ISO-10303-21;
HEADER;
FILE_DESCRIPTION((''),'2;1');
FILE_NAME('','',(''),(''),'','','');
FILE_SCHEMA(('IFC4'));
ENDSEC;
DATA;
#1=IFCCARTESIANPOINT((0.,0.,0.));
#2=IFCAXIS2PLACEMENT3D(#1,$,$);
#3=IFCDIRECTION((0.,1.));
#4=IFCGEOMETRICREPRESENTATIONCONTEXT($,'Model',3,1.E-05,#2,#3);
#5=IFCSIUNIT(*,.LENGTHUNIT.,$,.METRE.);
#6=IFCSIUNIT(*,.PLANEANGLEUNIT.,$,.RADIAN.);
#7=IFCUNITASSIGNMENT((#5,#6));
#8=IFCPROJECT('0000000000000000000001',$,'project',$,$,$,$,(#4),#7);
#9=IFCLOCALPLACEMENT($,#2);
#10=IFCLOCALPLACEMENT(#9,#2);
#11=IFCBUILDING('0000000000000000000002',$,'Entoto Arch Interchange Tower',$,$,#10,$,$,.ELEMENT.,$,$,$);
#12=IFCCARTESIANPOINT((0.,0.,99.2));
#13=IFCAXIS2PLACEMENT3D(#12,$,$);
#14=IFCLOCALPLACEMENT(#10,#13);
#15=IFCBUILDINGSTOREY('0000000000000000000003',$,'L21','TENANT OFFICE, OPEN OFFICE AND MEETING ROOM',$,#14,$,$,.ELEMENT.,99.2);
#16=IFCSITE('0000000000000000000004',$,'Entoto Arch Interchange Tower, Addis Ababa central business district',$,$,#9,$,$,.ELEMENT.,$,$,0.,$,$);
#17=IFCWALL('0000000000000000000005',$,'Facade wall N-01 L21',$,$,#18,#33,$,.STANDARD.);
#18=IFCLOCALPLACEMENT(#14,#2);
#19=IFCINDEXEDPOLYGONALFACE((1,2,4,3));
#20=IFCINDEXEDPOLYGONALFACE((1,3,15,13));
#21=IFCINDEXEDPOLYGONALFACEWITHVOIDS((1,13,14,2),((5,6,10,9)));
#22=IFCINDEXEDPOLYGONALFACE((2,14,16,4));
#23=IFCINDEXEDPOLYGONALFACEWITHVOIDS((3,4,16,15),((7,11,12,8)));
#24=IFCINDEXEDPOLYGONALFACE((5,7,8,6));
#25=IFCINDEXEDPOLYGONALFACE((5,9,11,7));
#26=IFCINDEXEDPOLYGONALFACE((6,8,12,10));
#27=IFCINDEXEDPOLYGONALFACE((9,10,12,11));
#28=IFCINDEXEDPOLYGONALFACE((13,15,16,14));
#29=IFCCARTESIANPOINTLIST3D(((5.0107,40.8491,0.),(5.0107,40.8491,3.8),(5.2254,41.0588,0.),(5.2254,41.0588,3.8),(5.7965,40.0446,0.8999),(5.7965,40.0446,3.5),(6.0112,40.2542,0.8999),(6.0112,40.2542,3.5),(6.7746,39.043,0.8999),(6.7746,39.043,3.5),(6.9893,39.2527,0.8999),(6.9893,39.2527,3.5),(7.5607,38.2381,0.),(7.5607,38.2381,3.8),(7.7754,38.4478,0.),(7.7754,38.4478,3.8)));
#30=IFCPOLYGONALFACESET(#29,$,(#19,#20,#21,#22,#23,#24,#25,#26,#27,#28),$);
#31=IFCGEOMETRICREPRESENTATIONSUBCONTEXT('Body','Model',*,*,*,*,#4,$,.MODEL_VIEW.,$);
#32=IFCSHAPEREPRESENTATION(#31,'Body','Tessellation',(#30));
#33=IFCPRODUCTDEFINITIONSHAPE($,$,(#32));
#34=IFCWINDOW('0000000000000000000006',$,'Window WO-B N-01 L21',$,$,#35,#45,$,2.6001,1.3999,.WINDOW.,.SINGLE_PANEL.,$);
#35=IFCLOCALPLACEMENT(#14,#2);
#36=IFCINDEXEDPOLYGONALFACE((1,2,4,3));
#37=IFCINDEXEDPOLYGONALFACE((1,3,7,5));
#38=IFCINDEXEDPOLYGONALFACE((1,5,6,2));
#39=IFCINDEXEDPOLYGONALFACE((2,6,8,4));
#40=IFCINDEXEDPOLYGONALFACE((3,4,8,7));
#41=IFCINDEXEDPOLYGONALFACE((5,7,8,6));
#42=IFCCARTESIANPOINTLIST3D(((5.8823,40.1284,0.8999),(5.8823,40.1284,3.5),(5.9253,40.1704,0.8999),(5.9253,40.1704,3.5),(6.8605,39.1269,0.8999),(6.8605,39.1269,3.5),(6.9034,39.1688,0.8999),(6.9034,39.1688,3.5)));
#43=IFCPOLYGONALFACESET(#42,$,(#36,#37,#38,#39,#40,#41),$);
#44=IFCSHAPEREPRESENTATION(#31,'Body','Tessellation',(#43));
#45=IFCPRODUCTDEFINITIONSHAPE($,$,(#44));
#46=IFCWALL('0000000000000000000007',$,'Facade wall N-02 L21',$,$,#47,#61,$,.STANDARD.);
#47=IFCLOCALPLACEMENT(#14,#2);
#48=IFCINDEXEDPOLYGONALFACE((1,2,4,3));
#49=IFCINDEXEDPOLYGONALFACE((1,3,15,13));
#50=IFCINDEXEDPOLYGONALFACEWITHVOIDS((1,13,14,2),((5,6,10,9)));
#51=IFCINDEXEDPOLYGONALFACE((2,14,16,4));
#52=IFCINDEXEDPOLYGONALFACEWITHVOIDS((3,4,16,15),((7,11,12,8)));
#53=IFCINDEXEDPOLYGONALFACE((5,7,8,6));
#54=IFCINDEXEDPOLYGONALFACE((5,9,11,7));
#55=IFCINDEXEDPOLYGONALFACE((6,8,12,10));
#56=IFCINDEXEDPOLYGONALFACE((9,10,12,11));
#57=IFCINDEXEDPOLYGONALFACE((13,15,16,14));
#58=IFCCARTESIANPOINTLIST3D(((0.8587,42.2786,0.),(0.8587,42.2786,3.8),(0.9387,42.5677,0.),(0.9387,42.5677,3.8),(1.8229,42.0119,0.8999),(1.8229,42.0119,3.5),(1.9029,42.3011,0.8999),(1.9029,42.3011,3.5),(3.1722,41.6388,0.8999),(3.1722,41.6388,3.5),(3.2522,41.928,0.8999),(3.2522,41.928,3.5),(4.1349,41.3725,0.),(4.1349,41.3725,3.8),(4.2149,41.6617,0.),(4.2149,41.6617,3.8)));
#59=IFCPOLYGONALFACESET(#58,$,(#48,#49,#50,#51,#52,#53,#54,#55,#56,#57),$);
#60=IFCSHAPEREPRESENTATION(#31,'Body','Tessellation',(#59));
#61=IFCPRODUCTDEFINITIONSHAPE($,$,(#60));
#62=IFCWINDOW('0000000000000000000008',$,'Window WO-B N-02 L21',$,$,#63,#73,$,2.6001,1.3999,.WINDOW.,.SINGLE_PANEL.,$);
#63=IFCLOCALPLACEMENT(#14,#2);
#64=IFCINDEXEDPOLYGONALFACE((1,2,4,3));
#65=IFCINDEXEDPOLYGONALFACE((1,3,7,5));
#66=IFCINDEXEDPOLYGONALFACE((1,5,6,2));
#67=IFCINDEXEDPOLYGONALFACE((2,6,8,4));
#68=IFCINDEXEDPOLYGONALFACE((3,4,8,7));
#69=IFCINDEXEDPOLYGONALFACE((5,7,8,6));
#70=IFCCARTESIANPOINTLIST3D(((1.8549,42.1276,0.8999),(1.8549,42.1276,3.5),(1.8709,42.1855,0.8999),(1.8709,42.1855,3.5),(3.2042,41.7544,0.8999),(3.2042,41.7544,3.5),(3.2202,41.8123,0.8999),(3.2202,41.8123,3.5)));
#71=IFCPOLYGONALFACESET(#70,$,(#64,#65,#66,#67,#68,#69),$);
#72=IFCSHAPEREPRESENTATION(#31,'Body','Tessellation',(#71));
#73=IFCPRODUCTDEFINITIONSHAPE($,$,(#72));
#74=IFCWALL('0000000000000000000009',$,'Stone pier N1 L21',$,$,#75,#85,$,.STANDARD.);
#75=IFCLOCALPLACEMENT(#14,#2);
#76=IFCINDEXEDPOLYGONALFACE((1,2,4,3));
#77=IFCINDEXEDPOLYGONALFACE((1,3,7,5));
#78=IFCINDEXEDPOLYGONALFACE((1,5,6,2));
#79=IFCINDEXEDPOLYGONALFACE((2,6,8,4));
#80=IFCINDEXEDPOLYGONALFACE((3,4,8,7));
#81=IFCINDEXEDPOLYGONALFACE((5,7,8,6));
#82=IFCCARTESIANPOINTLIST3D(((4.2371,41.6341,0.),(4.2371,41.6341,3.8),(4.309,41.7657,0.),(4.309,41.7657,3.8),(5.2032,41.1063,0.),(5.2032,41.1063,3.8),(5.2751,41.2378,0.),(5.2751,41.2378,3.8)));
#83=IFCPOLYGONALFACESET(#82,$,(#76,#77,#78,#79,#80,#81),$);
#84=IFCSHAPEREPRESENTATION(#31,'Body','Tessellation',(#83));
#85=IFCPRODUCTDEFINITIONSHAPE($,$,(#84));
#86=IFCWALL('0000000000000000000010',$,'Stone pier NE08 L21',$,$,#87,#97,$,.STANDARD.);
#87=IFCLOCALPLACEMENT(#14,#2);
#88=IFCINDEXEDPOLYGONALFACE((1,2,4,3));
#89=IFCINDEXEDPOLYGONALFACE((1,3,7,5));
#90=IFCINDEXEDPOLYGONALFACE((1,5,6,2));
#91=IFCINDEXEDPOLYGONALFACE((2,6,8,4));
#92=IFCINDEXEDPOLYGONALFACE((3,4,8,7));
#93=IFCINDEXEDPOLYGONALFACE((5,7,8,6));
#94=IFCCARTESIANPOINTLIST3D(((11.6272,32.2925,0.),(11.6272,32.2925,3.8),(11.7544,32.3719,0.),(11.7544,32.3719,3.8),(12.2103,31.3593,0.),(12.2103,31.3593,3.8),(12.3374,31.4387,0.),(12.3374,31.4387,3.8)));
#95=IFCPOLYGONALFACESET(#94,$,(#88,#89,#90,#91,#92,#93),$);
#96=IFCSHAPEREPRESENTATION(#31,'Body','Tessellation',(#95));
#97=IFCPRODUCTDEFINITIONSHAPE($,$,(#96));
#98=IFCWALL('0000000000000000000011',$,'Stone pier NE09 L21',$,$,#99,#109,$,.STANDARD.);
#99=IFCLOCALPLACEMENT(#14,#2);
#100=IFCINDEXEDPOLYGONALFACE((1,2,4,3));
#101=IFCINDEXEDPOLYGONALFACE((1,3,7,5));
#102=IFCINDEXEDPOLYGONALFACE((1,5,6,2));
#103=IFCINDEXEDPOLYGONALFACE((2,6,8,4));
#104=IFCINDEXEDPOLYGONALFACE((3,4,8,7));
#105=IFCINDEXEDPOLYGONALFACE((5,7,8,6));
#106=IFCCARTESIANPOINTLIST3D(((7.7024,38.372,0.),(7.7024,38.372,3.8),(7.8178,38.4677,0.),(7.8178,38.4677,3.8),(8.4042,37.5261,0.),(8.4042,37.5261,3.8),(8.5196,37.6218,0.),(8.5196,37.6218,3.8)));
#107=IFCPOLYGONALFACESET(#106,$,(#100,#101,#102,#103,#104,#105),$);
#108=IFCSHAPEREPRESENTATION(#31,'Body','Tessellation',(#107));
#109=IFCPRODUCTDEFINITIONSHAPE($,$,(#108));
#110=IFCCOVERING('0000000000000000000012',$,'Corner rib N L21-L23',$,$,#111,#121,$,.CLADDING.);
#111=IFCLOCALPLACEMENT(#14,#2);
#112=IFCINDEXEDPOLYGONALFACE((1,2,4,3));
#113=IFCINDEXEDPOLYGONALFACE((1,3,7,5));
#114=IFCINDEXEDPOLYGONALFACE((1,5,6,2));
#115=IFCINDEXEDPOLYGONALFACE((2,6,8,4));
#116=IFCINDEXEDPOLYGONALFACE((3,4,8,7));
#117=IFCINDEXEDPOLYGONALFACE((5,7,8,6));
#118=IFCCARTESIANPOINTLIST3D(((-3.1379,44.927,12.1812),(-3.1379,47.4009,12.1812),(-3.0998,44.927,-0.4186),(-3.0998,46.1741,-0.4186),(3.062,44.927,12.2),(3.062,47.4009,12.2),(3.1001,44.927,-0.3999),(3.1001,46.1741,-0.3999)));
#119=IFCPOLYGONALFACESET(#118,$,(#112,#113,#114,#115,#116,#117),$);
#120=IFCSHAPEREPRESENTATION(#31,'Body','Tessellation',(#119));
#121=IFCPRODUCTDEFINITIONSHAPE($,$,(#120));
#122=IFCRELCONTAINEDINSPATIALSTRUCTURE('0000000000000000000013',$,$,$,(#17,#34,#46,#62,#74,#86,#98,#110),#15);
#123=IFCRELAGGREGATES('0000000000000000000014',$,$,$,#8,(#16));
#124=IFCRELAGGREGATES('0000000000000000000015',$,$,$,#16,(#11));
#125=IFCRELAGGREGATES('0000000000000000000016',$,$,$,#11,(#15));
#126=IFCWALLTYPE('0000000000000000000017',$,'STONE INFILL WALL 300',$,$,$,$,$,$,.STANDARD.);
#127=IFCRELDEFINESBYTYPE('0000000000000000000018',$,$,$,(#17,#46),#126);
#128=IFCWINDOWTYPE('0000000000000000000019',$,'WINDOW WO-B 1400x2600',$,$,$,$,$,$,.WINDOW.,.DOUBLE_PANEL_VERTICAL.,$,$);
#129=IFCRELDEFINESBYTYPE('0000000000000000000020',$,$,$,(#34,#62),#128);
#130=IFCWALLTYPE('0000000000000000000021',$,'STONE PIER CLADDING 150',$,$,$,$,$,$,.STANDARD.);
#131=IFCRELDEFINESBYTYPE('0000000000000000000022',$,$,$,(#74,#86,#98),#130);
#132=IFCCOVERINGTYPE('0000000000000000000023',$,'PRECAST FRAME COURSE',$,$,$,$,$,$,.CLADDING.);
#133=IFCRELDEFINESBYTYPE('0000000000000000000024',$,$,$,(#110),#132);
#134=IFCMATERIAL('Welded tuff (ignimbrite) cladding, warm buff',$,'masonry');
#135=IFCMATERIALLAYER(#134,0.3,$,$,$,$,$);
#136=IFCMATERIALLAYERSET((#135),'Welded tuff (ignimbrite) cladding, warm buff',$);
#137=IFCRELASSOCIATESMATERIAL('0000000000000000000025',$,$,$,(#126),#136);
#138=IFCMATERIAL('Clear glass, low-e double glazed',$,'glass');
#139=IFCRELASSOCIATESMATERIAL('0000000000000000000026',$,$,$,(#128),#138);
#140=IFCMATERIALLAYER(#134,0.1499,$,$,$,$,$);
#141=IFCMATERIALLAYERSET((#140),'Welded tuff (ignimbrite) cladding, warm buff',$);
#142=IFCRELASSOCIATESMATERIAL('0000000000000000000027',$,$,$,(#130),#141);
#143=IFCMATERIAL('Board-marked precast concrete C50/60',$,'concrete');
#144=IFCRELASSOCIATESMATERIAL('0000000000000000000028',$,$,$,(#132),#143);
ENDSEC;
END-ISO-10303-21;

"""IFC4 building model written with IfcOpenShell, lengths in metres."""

from ifc_helpers import new_model, si_unit, direction, frame, frame_2d, origin, place, context, subcontext, project, spatial, polyline, rectangle, outline, extrude, material, layer, layer_set, type_object, element, fill, save


model = new_model("IFC4")

# Units and contexts
model_context = context("Model", 3, precision=1e-05, world=origin(), true_north=direction((0.0, 1.0)))
body_context = subcontext(model_context, "Body", "Model", "MODEL_VIEW")
ifc_project = project(units=[si_unit("LENGTHUNIT", "METRE"), si_unit("PLANEANGLEUNIT", "RADIAN")], contexts=[model_context])

# Site, building, storey
site_placement = place(None, origin())
site = spatial("IfcSite", under=ifc_project, at=site_placement, Name="Entoto Arch Interchange Tower, Addis Ababa central business district", CompositionType="ELEMENT", RefElevation=0.0)
building_placement = place(site_placement, origin())
building = spatial("IfcBuilding", under=site, at=building_placement, Name="Entoto Arch Interchange Tower", CompositionType="ELEMENT")
storey_placement = place(building_placement, frame((0.0, 0.0, 99.2)))
storey = spatial("IfcBuildingStorey", under=building, at=storey_placement, Name="L21", Description="TENANT OFFICE, OPEN OFFICE AND MEETING ROOM", CompositionType="ELEMENT", Elevation=99.2)

# Shared definitions
ifc_material_1 = material(Name="Welded tuff (ignimbrite) cladding, warm buff", Category="masonry")
ifc_layer_1 = layer(ifc_material_1, 0.3)
ifc_layer_set_1 = layer_set([ifc_layer_1], Name="Welded tuff (ignimbrite) cladding, warm buff")
wall_type_1 = type_object("IfcWallType", Name="STONE INFILL WALL 300", PredefinedType="STANDARD", material=ifc_layer_set_1)
ifc_material_2 = material(Name="Clear glass, low-e double glazed", Category="glass")

# Walls, openings, windows
wall_1_placement = place(storey_placement, frame((7.668, 38.343, 0.0), z_axis=(0.0, 0.0, 1.0), x_axis=(-0.698696, 0.715419, 0.0)))
wall_1 = element("IfcWall", 1, at=wall_1_placement, inside=storey, type_object=wall_type_1, Name="Facade wall N-01 L21", PredefinedType="STANDARD", context=body_context, shape_type="SweptSolid", body=[
    extrude(rectangle(XDim=3.6497, YDim=0.3, at=frame_2d((1.8247, 0.0))), origin(), (0.0, 0.0, 1.0), 3.8),
])
opening_1_placement = place(wall_1_placement, frame((1.125, 0.0, 0.8999)))
opening_1 = element("IfcOpeningElement", 2, at=opening_1_placement, cuts=wall_1, PredefinedType="OPENING", context=body_context, shape_type="SweptSolid", body=[
    extrude(rectangle(XDim=1.3999, YDim=2.6001, at=frame_2d((0.7, 1.3))), frame((0.0, 0.1602, 0.0), z_axis=(0.0, -1.0, 0.0), x_axis=(1.0, 0.0, 0.0)), (0.0, 0.0, 1.0), 0.3201),
])
window_type_1 = type_object("IfcWindowType", Name="WINDOW WO-B 1400x2600", PartitioningType="DOUBLE_PANEL_VERTICAL", PredefinedType="WINDOW", material=ifc_material_2)
window_1_placement = place(opening_1_placement, origin())
window_1 = element("IfcWindow", 3, at=window_1_placement, inside=storey, type_object=window_type_1, Name="Window WO-B N-01 L21", OverallHeight=2.6001, OverallWidth=1.3999, PartitioningType="SINGLE_PANEL", PredefinedType="WINDOW", context=body_context, shape_type="SweptSolid", body=[
    extrude(rectangle(XDim=1.3999, YDim=2.6001, at=frame_2d((0.7, 1.3))), frame((0.0, 0.03, 0.0), z_axis=(0.0, -1.0, 0.0), x_axis=(1.0, 0.0, 0.0)), (0.0, 0.0, 1.0), 0.0601),
])
fill(opening_1, window_1)
wall_2_placement = place(storey_placement, frame((4.175, 41.5171, 0.0), z_axis=(0.0, 0.0, 1.0), x_axis=(-0.963823, 0.266543, 0.0)))
wall_2 = element("IfcWall", 4, at=wall_2_placement, inside=storey, type_object=wall_type_1, Name="Facade wall N-02 L21", PredefinedType="STANDARD", context=body_context, shape_type="SweptSolid", body=[
    extrude(rectangle(XDim=3.3992, YDim=0.3, at=frame_2d((1.6997, 0.0))), origin(), (0.0, 0.0, 1.0), 3.8),
])
opening_2_placement = place(wall_2_placement, frame((0.999, 0.0, 0.8999)))
opening_2 = element("IfcOpeningElement", 5, at=opening_2_placement, cuts=wall_2, PredefinedType="OPENING", context=body_context, shape_type="SweptSolid", body=[
    extrude(rectangle(XDim=1.3999, YDim=2.6001, at=frame_2d((0.7, 1.3))), frame((0.0, 0.1602, 0.0), z_axis=(0.0, -1.0, 0.0), x_axis=(1.0, 0.0, 0.0)), (0.0, 0.0, 1.0), 0.3201),
])
window_2_placement = place(opening_2_placement, origin())
window_2 = element("IfcWindow", 6, at=window_2_placement, inside=storey, type_object=window_type_1, Name="Window WO-B N-02 L21", OverallHeight=2.6001, OverallWidth=1.3999, PartitioningType="SINGLE_PANEL", PredefinedType="WINDOW", context=body_context, shape_type="SweptSolid", body=[
    extrude(rectangle(XDim=1.3999, YDim=2.6001, at=frame_2d((0.7, 1.3))), frame((0.0, 0.03, 0.0), z_axis=(0.0, -1.0, 0.0), x_axis=(1.0, 0.0, 0.0)), (0.0, 0.0, 1.0), 0.0601),
])
fill(opening_2, window_2)

# Walls
ifc_layer_2 = layer(ifc_material_1, 0.1499)
ifc_layer_set_2 = layer_set([ifc_layer_2], Name="Welded tuff (ignimbrite) cladding, warm buff")
wall_type_2 = type_object("IfcWallType", Name="STONE PIER CLADDING 150", PredefinedType="STANDARD", material=ifc_layer_set_2)
wall_3_placement = place(storey_placement, frame((5.239, 41.1721, 0.0), z_axis=(0.0, 0.0, 1.0), x_axis=(-0.877556, 0.479474, 0.0)))
element("IfcWall", 7, at=wall_3_placement, inside=storey, type_object=wall_type_2, Name="Stone pier N1 L21", PredefinedType="STANDARD", context=body_context, shape_type="SweptSolid", body=[
    extrude(rectangle(XDim=1.1008, YDim=0.1499, at=frame_2d((0.5503, 0.0))), origin(), (0.0, 0.0, 1.0), 3.8),
])
wall_4_placement = place(storey_placement, frame((12.2739, 31.3989, 0.0), z_axis=(0.0, 0.0, 1.0), x_axis=(-0.529879, 0.848073, 0.0)))
element("IfcWall", 8, at=wall_4_placement, inside=storey, type_object=wall_type_2, Name="Stone pier NE08 L21", PredefinedType="STANDARD", context=body_context, shape_type="SweptSolid", body=[
    extrude(rectangle(XDim=1.1003, YDim=0.1499, at=frame_2d((0.5503, 0.0))), origin(), (0.0, 0.0, 1.0), 3.8),
])
wall_5_placement = place(storey_placement, frame((8.4619, 37.574, 0.0), z_axis=(0.0, 0.0, 1.0), x_axis=(-0.638544, 0.769585, 0.0)))
element("IfcWall", 9, at=wall_5_placement, inside=storey, type_object=wall_type_2, Name="Stone pier NE09 L21", PredefinedType="STANDARD", context=body_context, shape_type="SweptSolid", body=[
    extrude(rectangle(XDim=1.0991, YDim=0.1499, at=frame_2d((0.5496, 0.0))), origin(), (0.0, 0.0, 1.0), 3.8),
])

# Covering
ifc_material_3 = material(Name="Board-marked precast concrete C50/60", Category="concrete")
covering_type = type_object("IfcCoveringType", Name="PRECAST FRAME COURSE", PredefinedType="CLADDING", material=ifc_material_3)
covering_placement = place(storey_placement, frame((3.1001, 44.927, -0.3999), z_axis=(0.999995, 0.0, 0.003023), x_axis=(0.0, 1.0, 0.0)))
element("IfcCovering", 10, at=covering_placement, inside=storey, type_object=covering_type, Name="Corner rib N L21-L23", PredefinedType="CLADDING", context=body_context, shape_type="SweptSolid", body=[
    extrude(outline(polyline([(0.0, 0.0), (1.2471, 0.0), (2.4739, 12.5999), (0.0, 12.5999), (0.0, 0.0)])), origin(), (0.0, 0.0, -1.0), 6.2),
])

save(model, "model.ifc")
